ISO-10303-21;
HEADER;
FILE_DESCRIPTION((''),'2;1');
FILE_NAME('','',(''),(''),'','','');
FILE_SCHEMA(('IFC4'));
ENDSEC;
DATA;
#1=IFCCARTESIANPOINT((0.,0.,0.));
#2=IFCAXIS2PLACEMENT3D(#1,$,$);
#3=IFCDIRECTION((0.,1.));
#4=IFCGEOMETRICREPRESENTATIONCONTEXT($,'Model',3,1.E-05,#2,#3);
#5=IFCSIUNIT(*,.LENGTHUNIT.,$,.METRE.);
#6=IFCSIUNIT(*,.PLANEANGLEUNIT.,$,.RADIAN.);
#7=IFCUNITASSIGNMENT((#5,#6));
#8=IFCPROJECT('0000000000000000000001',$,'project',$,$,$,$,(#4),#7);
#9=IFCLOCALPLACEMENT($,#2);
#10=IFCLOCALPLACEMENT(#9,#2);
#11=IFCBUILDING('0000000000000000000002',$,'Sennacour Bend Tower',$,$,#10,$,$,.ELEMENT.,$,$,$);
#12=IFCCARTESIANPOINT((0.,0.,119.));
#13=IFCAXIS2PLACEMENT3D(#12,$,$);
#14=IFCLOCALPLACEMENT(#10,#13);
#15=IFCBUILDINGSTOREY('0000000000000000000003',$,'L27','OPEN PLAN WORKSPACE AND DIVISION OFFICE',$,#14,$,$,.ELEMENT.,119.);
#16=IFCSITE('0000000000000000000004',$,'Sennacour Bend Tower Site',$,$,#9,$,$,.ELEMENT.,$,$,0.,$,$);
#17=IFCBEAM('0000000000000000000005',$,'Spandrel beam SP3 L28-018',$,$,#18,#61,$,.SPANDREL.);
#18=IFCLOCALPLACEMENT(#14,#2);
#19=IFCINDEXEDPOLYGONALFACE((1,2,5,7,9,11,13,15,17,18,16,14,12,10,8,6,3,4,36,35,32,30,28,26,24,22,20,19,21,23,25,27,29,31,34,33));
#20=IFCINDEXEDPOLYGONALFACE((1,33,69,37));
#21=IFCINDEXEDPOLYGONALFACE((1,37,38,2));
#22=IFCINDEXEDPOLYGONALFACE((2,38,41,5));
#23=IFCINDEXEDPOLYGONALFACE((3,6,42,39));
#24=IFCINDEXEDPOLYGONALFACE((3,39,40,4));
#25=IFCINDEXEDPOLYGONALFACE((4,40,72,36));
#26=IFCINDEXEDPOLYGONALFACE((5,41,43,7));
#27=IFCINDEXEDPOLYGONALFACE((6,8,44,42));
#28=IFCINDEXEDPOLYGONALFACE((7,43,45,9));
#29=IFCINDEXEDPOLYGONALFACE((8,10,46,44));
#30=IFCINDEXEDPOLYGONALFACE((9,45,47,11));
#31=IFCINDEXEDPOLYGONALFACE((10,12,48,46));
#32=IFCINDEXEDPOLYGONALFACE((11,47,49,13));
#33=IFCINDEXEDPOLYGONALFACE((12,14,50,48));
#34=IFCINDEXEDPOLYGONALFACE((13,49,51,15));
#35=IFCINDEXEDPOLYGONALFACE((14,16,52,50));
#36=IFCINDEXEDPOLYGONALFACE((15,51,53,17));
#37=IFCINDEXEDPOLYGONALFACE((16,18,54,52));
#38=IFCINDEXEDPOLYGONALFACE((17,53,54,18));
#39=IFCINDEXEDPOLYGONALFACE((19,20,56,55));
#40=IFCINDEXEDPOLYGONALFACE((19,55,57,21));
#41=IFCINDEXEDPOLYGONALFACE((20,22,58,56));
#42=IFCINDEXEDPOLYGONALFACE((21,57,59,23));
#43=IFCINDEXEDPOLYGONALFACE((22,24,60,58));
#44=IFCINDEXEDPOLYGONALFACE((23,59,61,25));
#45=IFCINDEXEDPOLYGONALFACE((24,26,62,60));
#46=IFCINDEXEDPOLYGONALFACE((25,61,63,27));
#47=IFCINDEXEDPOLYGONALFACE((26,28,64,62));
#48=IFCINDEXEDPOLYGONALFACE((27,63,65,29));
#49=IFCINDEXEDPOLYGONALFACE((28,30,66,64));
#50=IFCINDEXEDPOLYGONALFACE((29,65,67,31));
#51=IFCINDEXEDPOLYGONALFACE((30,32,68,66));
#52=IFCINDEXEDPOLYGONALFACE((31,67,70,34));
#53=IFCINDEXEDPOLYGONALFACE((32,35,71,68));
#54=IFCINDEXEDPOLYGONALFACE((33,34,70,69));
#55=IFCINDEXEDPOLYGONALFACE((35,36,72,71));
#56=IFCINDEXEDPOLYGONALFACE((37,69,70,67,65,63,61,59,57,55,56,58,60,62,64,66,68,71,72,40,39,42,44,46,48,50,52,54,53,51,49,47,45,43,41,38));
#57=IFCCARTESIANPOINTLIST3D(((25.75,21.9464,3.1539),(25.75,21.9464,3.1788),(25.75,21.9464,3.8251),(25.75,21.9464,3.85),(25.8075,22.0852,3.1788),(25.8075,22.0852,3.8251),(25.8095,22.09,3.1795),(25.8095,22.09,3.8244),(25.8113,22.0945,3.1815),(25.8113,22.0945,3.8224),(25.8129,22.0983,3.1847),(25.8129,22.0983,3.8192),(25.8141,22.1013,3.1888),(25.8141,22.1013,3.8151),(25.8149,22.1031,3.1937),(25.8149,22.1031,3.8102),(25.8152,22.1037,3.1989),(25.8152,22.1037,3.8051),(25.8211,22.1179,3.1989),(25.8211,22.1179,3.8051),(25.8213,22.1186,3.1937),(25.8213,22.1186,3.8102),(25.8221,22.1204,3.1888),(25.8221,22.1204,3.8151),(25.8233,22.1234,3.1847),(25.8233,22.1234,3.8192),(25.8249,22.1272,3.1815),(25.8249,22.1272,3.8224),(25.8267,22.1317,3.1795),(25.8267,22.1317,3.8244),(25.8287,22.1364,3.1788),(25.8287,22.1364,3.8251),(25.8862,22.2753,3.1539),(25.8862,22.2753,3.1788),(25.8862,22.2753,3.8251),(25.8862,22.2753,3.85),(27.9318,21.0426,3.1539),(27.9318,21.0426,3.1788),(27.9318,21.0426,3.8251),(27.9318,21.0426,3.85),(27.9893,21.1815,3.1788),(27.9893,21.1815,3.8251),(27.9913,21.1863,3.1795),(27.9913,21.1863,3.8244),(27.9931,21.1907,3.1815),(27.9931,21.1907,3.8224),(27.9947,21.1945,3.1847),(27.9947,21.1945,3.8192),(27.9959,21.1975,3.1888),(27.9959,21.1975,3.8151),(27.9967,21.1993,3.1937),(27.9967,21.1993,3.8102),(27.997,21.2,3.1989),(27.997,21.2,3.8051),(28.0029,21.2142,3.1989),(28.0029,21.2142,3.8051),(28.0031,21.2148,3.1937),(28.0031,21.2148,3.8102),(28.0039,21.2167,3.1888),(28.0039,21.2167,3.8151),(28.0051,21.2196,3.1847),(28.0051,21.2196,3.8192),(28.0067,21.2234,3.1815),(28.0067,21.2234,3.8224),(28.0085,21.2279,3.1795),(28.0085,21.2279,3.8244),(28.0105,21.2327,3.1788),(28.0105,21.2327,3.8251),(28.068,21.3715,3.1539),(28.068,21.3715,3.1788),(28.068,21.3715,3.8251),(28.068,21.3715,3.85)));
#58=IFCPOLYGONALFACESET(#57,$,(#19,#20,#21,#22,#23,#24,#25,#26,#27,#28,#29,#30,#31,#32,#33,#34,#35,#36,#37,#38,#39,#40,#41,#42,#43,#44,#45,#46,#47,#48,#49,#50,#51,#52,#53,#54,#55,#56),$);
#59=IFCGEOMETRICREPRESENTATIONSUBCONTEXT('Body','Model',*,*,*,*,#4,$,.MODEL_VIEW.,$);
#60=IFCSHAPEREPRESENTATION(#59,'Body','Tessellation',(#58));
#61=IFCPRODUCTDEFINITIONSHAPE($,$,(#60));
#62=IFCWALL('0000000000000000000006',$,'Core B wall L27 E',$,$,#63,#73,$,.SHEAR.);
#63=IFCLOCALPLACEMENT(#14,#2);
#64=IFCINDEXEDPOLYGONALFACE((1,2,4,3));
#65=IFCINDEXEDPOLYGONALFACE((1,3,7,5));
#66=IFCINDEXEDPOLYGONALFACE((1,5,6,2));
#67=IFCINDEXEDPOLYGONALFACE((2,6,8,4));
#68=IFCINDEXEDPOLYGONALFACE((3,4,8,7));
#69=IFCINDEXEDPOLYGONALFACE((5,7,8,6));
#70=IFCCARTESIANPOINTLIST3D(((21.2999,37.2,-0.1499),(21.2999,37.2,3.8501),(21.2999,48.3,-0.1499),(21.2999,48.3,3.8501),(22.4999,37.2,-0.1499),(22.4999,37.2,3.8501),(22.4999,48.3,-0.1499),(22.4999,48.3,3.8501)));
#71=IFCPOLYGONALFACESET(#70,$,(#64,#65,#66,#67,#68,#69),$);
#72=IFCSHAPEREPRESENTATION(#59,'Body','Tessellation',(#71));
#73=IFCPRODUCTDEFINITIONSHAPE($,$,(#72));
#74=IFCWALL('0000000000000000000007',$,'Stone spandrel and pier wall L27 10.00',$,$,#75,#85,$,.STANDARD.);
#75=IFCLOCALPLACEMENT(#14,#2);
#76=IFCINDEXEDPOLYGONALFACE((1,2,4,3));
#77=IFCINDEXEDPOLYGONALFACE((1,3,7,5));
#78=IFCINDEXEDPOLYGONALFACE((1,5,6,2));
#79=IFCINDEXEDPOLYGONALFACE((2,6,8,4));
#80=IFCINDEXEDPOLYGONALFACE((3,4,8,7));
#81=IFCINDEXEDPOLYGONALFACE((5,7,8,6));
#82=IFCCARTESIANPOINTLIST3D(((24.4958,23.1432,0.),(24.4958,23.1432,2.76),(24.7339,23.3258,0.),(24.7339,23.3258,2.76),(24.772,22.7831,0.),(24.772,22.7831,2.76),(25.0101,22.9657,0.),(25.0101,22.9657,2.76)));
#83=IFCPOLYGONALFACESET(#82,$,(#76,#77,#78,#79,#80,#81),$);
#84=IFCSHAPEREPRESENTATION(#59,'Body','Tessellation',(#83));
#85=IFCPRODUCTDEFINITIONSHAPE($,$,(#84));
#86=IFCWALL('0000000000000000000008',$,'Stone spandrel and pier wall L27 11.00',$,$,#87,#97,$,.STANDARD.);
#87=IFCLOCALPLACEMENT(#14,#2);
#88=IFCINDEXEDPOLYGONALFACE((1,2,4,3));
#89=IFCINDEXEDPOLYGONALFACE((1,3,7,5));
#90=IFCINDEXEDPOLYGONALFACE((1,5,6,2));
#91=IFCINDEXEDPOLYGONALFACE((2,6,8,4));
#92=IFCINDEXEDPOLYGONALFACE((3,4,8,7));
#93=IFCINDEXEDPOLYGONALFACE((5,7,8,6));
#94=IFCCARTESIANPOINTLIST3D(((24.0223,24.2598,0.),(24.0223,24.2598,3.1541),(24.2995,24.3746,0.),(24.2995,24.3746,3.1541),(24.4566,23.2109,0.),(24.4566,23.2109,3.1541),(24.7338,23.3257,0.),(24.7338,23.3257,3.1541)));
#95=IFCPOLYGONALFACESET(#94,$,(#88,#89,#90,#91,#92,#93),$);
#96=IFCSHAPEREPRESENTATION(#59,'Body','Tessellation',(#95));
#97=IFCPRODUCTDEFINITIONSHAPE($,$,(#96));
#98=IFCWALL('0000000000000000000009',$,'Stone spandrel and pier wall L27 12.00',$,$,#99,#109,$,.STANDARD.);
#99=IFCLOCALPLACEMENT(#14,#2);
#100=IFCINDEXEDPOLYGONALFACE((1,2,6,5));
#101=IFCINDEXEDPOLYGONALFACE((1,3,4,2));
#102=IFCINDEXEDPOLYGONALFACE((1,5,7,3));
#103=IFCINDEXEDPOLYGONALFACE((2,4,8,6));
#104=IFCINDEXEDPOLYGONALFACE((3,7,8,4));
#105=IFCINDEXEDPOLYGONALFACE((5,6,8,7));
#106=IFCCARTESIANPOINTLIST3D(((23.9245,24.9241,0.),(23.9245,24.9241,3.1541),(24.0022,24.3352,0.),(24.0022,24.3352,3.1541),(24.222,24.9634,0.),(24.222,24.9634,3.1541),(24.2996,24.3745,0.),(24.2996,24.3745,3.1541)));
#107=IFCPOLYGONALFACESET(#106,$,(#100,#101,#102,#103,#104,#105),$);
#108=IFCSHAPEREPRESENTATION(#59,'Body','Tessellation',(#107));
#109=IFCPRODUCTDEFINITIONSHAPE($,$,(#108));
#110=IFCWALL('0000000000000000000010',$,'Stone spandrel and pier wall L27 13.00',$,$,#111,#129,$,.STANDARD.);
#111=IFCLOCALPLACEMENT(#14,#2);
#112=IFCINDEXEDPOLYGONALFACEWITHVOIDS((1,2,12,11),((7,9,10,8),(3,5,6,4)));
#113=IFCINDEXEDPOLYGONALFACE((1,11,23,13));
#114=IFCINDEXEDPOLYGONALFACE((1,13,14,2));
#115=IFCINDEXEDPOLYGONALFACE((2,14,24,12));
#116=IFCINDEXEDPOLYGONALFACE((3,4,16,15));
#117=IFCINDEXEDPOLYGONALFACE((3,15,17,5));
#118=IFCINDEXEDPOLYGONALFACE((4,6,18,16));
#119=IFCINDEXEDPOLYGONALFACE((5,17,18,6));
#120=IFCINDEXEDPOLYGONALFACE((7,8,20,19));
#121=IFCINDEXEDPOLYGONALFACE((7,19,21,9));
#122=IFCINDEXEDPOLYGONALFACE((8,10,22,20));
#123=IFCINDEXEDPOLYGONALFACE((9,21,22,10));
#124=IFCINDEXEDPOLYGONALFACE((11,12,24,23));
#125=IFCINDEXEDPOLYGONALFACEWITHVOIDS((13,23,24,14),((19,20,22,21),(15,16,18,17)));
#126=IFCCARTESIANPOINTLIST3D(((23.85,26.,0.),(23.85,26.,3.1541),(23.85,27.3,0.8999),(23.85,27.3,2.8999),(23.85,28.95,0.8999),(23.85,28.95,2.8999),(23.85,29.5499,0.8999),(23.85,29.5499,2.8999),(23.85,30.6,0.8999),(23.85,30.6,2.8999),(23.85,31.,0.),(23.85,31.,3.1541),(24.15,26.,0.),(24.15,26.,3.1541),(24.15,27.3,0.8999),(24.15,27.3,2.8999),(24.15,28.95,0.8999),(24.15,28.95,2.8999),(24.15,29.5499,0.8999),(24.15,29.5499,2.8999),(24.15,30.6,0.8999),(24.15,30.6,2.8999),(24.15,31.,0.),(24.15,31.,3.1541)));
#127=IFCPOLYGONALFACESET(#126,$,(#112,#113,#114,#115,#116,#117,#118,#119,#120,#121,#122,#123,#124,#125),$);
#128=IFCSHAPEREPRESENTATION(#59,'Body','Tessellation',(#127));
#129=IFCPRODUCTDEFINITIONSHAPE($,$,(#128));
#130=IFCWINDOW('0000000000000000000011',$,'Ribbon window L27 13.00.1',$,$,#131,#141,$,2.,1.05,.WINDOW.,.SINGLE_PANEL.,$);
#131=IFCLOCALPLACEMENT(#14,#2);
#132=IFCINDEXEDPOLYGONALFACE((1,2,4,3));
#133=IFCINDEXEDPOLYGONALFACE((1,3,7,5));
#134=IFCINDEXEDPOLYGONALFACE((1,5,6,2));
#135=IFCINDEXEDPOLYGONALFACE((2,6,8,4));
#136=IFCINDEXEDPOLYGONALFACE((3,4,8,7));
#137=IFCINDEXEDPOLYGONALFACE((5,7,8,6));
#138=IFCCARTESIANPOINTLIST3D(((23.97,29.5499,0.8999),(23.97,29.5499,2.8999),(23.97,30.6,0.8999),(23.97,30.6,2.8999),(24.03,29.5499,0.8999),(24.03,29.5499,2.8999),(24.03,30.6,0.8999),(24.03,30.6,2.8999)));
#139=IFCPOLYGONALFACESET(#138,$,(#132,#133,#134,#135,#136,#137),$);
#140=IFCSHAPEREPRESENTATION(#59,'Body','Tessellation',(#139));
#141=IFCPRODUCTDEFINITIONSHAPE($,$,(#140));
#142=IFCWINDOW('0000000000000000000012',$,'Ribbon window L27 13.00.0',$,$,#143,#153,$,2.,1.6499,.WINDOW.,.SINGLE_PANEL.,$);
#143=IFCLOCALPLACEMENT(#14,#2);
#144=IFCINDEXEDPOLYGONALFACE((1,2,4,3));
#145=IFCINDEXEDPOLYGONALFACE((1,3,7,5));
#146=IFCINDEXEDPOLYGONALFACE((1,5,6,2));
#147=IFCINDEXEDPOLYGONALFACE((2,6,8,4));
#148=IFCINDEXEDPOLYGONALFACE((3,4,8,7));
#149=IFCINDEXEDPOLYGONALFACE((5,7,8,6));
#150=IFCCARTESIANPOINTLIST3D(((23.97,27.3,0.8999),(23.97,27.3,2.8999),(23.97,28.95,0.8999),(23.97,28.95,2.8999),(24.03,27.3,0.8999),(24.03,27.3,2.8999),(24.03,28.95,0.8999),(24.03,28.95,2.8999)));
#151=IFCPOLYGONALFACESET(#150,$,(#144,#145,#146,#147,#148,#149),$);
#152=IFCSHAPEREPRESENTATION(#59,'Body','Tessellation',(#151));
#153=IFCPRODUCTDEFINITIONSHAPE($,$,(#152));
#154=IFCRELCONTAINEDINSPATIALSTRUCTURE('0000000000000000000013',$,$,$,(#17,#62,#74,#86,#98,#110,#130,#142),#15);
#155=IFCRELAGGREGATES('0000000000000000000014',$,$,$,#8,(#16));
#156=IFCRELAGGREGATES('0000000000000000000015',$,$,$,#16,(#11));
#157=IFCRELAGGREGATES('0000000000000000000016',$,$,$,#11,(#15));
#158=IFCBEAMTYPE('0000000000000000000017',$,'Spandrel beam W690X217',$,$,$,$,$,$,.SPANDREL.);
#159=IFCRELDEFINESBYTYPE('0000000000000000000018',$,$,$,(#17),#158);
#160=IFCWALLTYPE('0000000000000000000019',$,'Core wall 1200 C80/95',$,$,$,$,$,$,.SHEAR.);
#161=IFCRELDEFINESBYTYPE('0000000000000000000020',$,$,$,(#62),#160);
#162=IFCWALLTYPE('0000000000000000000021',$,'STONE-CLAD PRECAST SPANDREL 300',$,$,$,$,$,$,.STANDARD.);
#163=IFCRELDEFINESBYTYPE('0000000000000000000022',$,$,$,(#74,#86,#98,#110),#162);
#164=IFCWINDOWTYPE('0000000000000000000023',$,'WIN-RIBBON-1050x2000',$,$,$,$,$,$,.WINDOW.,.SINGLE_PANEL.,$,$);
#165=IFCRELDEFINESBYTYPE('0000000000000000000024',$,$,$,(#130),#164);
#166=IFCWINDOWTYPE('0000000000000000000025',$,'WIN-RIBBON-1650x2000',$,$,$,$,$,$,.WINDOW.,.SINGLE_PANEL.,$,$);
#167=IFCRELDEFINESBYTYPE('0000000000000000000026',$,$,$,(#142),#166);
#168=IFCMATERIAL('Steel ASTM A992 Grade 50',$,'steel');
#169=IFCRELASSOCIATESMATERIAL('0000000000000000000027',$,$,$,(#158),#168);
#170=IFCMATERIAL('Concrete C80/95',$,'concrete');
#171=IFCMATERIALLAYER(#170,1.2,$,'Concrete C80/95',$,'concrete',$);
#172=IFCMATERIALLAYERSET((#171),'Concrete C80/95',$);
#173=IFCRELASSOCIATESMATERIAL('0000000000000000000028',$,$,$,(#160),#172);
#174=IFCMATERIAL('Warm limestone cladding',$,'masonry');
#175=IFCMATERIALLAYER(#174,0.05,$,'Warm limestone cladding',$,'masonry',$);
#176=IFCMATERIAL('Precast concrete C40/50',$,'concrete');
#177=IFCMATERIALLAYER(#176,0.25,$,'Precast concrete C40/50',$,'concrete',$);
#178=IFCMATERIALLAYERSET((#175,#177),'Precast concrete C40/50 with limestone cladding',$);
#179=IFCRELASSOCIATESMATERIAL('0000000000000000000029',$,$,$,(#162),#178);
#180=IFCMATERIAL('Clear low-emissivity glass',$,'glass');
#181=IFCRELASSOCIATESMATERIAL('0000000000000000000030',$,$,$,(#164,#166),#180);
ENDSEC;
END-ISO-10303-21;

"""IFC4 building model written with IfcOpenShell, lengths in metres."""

from ifc_helpers import new_model, si_unit, direction, frame, frame_2d, origin, origin_2d, place, context, subcontext, project, spatial, rectangle, i_section, extrude, material, layer, layer_set, material_profile, profile_set, type_object, element, fill, save


model = new_model("IFC4")

# Units and contexts
model_context = context("Model", 3, precision=1e-05, world=origin(), true_north=direction((0.0, 1.0)))
body_context = subcontext(model_context, "Body", "Model", "MODEL_VIEW")
ifc_project = project(units=[si_unit("LENGTHUNIT", "METRE"), si_unit("PLANEANGLEUNIT", "RADIAN")], contexts=[model_context])

# Site, building, storey
site_placement = place(None, origin())
site = spatial("IfcSite", under=ifc_project, at=site_placement, Name="Sennacour Bend Tower Site", CompositionType="ELEMENT", RefElevation=0.0)
building_placement = place(site_placement, origin())
building = spatial("IfcBuilding", under=site, at=building_placement, Name="Sennacour Bend Tower", CompositionType="ELEMENT")
storey_placement = place(building_placement, frame((0.0, 0.0, 119.0)))
storey = spatial("IfcBuildingStorey", under=building, at=storey_placement, Name="L27", Description="OPEN PLAN WORKSPACE AND DIVISION OFFICE", CompositionType="ELEMENT", Elevation=119.0)

# Beam
ifc_material_1 = material(Name="Steel ASTM A992 Grade 50", Category="steel")
ifc_material_profile_1 = material_profile(ifc_material_1, i_section(OverallWidth=0.356, OverallDepth=0.696, WebThickness=0.0154, FlangeThickness=0.0249, FilletRadius=0.02, at=origin_2d()), Name="Steel ASTM A992 Grade 50", Category="steel")
ifc_profile_set_1 = profile_set([ifc_material_profile_1], Name="Steel ASTM A992 Grade 50")
beam_type_1 = type_object("IfcBeamType", Name="Spandrel beam W690X217", PredefinedType="SPANDREL", material=ifc_profile_set_1)
for number, where, z_axis, x_axis, name in (
    (1, (25.8181, 22.1108, 3.502), (0.923873, -0.382699, 0.0), (0.382699, 0.923873, 0.0), "Spandrel beam SP3 L28-018"),
):
    element("IfcBeam", number, at=place(storey_placement, frame(where, z_axis=z_axis, x_axis=x_axis)), inside=storey, type_object=beam_type_1, Name=name, PredefinedType="SPANDREL", context=body_context, shape_type="SweptSolid", body=[
        extrude(i_section(OverallWidth=0.356, OverallDepth=0.696, WebThickness=0.0154, FlangeThickness=0.0249, FilletRadius=0.02, at=origin_2d()), origin(), (0.0, 0.0, 1.0), 2.3616),
    ])

# Walls
ifc_material_2 = material(Name="Concrete C80/95", Category="concrete")
ifc_layer_1 = layer(ifc_material_2, 1.2, Name="Concrete C80/95", Category="concrete")
ifc_layer_set_1 = layer_set([ifc_layer_1], Name="Concrete C80/95")
wall_type_1 = type_object("IfcWallType", Name="Core wall 1200 C80/95", PredefinedType="SHEAR", material=ifc_layer_set_1)
wall_1_placement = place(storey_placement, frame((21.8999, 37.2, -0.1499), z_axis=(0.0, 0.0, 1.0), x_axis=(0.0, 1.0, 0.0)))
element("IfcWall", 2, at=wall_1_placement, inside=storey, type_object=wall_type_1, Name="Core B wall L27 E", PredefinedType="SHEAR", context=body_context, shape_type="SweptSolid", body=[
    extrude(rectangle(XDim=11.1001, YDim=1.2, at=frame_2d((5.55, 0.0))), origin(), (0.0, 0.0, 1.0), 4.0),
])
ifc_material_3 = material(Name="Warm limestone cladding", Category="masonry")
ifc_layer_2 = layer(ifc_material_3, 0.05, Name="Warm limestone cladding", Category="masonry")
ifc_material_4 = material(Name="Precast concrete C40/50", Category="concrete")
ifc_layer_3 = layer(ifc_material_4, 0.25, Name="Precast concrete C40/50", Category="concrete")
ifc_layer_set_2 = layer_set([ifc_layer_2, ifc_layer_3], Name="Precast concrete C40/50 with limestone cladding")
wall_type_2 = type_object("IfcWallType", Name="STONE-CLAD PRECAST SPANDREL 300", PredefinedType="STANDARD", material=ifc_layer_set_2)
wall_2_placement = place(storey_placement, frame((24.8911, 22.8743, 0.0), z_axis=(0.0, 0.0, 1.0), x_axis=(-0.608488, 0.793563, 0.0)))
element("IfcWall", 3, at=wall_2_placement, inside=storey, type_object=wall_type_2, Name="Stone spandrel and pier wall L27 10.00", PredefinedType="STANDARD", context=body_context, shape_type="SweptSolid", body=[
    extrude(rectangle(XDim=0.4539, YDim=0.3, at=frame_2d((0.2271, 0.0))), origin(), (0.0, 0.0, 1.0), 2.76),
])
wall_3_placement = place(storey_placement, frame((24.5952, 23.2683, 0.0), z_axis=(0.0, 0.0, 1.0), x_axis=(-0.382599, 0.923915, 0.0)))
element("IfcWall", 4, at=wall_3_placement, inside=storey, type_object=wall_type_2, Name="Stone spandrel and pier wall L27 11.00", PredefinedType="STANDARD", context=body_context, shape_type="SweptSolid", body=[
    extrude(rectangle(XDim=1.1353, YDim=0.3, at=frame_2d((0.5676, 0.0))), origin(), (0.0, 0.0, 1.0), 3.1541),
])
wall_4_placement = place(storey_placement, frame((24.1509, 24.355, 0.0), z_axis=(0.0, 0.0, 1.0), x_axis=(-0.13071, 0.991421, 0.0)))
element("IfcWall", 5, at=wall_4_placement, inside=storey, type_object=wall_type_2, Name="Stone spandrel and pier wall L27 12.00", PredefinedType="STANDARD", context=body_context, shape_type="SweptSolid", body=[
    extrude(rectangle(XDim=0.594, YDim=0.3, at=frame_2d((0.2969, 0.0))), origin(), (0.0, 0.0, 1.0), 3.1541),
])

# Wall, openings, windows
wall_5_placement = place(storey_placement, frame((24.0, 26.0, 0.0), z_axis=(0.0, 0.0, 1.0), x_axis=(0.0, 1.0, 0.0)))
wall_5 = element("IfcWall", 6, at=wall_5_placement, inside=storey, type_object=wall_type_2, Name="Stone spandrel and pier wall L27 13.00", PredefinedType="STANDARD", context=body_context, shape_type="SweptSolid", body=[
    extrude(rectangle(XDim=5.0, YDim=0.3, at=frame_2d((2.5, 0.0))), origin(), (0.0, 0.0, 1.0), 3.1541),
])
opening_1_placement = place(wall_5_placement, frame((1.3, 0.0, 0.8999)))
opening_1 = element("IfcOpeningElement", 7, at=opening_1_placement, cuts=wall_5, PredefinedType="OPENING", context=body_context, shape_type="SweptSolid", body=[
    extrude(rectangle(XDim=1.6499, YDim=2.0, at=frame_2d((0.825, 1.0))), frame((0.0, 0.1602, 0.0), z_axis=(0.0, -1.0, 0.0), x_axis=(1.0, 0.0, 0.0)), (0.0, 0.0, 1.0), 0.3201),
])
opening_2_placement = place(wall_5_placement, frame((3.55, 0.0, 0.8999)))
opening_2 = element("IfcOpeningElement", 8, at=opening_2_placement, cuts=wall_5, PredefinedType="OPENING", context=body_context, shape_type="SweptSolid", body=[
    extrude(rectangle(XDim=1.05, YDim=2.0, at=frame_2d((0.5249, 1.0))), frame((0.0, 0.1602, 0.0), z_axis=(0.0, -1.0, 0.0), x_axis=(1.0, 0.0, 0.0)), (0.0, 0.0, 1.0), 0.3201),
])
ifc_material_5 = material(Name="Clear low-emissivity glass", Category="glass")
window_type_1 = type_object("IfcWindowType", Name="WIN-RIBBON-1050x2000", PartitioningType="SINGLE_PANEL", PredefinedType="WINDOW", material=ifc_material_5)
window_1_placement = place(opening_2_placement, origin())
window_1 = element("IfcWindow", 9, at=window_1_placement, inside=storey, type_object=window_type_1, Name="Ribbon window L27 13.00.1", OverallHeight=2.0, OverallWidth=1.05, PartitioningType="SINGLE_PANEL", PredefinedType="WINDOW", context=body_context, shape_type="SweptSolid", body=[
    extrude(rectangle(XDim=1.05, YDim=2.0, at=frame_2d((0.5249, 1.0))), frame((0.0, 0.03, 0.0), z_axis=(0.0, -1.0, 0.0), x_axis=(1.0, 0.0, 0.0)), (0.0, 0.0, 1.0), 0.0601),
])
fill(opening_2, window_1)
window_type_2 = type_object("IfcWindowType", Name="WIN-RIBBON-1650x2000", PartitioningType="SINGLE_PANEL", PredefinedType="WINDOW", material=ifc_material_5)
window_2_placement = place(opening_1_placement, origin())
window_2 = element("IfcWindow", 10, at=window_2_placement, inside=storey, type_object=window_type_2, Name="Ribbon window L27 13.00.0", OverallHeight=2.0, OverallWidth=1.6499, PartitioningType="SINGLE_PANEL", PredefinedType="WINDOW", context=body_context, shape_type="SweptSolid", body=[
    extrude(rectangle(XDim=1.6499, YDim=2.0, at=frame_2d((0.825, 1.0))), frame((0.0, 0.03, 0.0), z_axis=(0.0, -1.0, 0.0), x_axis=(1.0, 0.0, 0.0)), (0.0, 0.0, 1.0), 0.0601),
])
fill(opening_1, window_2)

save(model, "model.ifc")
